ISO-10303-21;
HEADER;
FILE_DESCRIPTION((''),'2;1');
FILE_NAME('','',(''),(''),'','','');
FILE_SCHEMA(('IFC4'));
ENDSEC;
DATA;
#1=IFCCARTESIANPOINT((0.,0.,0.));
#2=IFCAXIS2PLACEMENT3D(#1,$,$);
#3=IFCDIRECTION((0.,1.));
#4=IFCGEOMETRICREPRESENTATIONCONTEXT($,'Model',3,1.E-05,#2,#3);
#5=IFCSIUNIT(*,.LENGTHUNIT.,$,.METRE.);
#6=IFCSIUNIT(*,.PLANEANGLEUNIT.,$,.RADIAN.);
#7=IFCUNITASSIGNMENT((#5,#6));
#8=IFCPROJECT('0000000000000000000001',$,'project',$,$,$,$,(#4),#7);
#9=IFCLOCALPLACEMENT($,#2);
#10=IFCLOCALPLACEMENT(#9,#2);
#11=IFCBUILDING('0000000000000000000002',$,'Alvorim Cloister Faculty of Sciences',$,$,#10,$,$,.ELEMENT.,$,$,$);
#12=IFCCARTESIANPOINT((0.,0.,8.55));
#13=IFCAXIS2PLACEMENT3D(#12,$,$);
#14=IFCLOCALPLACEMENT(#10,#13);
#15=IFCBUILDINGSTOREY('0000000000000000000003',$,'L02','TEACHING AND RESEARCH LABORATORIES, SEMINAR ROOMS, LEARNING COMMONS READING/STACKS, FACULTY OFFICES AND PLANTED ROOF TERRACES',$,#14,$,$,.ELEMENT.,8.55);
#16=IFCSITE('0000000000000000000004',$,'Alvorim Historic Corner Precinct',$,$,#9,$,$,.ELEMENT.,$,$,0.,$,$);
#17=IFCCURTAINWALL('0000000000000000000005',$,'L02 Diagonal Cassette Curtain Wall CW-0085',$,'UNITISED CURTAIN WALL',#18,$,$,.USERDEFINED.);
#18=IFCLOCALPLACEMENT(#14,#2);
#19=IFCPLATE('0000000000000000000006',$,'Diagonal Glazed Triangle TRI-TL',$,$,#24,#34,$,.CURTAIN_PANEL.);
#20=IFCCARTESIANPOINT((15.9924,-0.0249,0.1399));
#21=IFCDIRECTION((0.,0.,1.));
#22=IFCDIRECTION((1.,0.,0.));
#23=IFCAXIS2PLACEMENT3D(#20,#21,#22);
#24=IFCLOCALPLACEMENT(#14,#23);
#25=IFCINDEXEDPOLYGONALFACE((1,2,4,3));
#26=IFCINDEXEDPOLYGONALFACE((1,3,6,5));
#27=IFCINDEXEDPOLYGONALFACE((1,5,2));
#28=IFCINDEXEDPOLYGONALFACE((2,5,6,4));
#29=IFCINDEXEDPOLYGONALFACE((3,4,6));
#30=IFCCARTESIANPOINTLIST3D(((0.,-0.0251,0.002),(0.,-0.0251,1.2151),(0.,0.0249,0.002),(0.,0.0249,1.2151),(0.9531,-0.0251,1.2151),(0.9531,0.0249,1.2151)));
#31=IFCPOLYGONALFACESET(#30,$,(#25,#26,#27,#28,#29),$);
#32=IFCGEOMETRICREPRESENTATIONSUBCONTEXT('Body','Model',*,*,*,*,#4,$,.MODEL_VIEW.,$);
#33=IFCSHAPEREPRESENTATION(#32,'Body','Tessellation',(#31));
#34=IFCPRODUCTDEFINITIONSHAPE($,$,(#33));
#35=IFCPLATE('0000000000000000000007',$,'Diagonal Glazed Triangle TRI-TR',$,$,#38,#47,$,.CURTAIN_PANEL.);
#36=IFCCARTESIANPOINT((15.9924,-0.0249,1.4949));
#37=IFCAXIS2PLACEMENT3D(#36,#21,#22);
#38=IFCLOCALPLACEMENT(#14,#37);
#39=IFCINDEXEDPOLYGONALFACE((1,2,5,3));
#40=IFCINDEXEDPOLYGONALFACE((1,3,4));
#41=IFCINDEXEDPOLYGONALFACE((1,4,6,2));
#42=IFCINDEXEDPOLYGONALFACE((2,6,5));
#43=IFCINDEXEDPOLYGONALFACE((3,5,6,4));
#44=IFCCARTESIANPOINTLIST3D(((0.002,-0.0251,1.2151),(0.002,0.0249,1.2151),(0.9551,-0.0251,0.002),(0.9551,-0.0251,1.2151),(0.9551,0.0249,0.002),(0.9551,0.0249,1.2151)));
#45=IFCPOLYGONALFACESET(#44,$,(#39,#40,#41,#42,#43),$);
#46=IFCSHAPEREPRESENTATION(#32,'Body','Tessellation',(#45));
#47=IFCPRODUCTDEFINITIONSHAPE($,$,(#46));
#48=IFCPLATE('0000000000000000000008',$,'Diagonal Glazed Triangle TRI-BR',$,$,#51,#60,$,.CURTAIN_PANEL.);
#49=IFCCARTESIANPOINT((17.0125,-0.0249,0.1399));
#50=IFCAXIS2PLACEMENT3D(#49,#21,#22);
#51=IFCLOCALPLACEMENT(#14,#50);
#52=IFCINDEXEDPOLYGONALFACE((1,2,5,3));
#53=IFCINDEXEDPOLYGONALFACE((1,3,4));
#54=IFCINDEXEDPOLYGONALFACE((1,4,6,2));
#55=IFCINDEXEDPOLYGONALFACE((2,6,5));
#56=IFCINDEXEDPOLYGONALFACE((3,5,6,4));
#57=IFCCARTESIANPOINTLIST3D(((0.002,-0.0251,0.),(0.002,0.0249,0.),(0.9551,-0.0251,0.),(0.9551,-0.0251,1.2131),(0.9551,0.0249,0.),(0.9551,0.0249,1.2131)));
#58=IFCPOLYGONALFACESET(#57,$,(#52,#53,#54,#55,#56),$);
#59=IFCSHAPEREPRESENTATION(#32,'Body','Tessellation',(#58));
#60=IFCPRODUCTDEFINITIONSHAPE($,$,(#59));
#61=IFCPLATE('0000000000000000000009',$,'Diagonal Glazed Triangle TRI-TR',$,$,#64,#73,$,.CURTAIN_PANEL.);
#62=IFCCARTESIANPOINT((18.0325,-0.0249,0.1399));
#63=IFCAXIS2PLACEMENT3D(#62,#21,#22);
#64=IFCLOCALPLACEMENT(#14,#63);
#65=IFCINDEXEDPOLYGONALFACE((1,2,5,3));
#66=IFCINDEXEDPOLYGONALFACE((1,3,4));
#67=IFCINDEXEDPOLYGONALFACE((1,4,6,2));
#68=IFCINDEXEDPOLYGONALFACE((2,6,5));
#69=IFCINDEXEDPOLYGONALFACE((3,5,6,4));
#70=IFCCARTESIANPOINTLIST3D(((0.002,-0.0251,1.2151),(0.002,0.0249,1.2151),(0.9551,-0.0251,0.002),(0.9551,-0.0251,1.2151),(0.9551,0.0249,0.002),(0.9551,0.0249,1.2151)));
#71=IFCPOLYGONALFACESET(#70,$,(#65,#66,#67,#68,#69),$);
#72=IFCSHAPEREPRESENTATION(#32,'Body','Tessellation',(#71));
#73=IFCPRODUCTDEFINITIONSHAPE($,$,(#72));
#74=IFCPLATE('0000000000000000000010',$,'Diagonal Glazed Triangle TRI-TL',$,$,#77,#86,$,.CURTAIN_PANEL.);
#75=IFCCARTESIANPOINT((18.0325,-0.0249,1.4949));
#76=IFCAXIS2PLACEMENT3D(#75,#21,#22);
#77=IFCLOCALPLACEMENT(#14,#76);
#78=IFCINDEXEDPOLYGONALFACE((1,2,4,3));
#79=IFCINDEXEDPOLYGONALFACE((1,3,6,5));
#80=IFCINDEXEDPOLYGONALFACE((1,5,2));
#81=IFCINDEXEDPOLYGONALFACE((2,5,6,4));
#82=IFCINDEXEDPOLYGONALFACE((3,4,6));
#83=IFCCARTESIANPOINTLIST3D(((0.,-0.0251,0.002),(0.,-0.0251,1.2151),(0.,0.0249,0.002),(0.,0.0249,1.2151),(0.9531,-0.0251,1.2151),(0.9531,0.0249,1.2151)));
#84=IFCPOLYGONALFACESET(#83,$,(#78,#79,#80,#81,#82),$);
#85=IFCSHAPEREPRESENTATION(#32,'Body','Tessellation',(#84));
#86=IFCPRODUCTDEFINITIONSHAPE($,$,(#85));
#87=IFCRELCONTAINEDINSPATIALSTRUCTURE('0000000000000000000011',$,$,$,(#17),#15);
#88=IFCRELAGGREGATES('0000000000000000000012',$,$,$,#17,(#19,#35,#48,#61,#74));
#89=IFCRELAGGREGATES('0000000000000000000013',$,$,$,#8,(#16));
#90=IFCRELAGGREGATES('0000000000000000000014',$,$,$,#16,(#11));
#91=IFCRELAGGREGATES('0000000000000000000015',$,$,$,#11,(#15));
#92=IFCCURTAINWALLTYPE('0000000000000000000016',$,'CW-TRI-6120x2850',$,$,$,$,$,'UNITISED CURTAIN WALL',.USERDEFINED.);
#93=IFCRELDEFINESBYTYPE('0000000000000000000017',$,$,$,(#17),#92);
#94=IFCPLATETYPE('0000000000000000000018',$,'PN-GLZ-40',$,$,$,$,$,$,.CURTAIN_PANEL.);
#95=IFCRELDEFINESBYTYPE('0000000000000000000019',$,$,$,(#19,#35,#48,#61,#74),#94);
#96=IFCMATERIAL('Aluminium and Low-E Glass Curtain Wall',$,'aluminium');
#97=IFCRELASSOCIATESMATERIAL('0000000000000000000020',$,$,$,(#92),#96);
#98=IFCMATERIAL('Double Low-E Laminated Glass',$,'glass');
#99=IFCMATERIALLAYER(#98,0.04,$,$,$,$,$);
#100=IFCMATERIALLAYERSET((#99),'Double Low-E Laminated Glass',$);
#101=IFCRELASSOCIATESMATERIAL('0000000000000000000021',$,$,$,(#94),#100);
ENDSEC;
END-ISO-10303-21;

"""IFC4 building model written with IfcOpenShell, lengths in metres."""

from ifc_helpers import new_model, si_unit, direction, frame, origin, place, context, subcontext, project, spatial, polyline, outline, extrude, material, layer, layer_set, type_object, element, aggregate, save


model = new_model("IFC4")

# Units and contexts
model_context = context("Model", 3, precision=1e-05, world=origin(), true_north=direction((0.0, 1.0)))
body_context = subcontext(model_context, "Body", "Model", "MODEL_VIEW")
ifc_project = project(units=[si_unit("LENGTHUNIT", "METRE"), si_unit("PLANEANGLEUNIT", "RADIAN")], contexts=[model_context])

# Site, building, storey
site_placement = place(None, origin())
site = spatial("IfcSite", under=ifc_project, at=site_placement, Name="Alvorim Historic Corner Precinct", CompositionType="ELEMENT", RefElevation=0.0)
building_placement = place(site_placement, origin())
building = spatial("IfcBuilding", under=site, at=building_placement, Name="Alvorim Cloister Faculty of Sciences", CompositionType="ELEMENT")
storey_placement = place(building_placement, frame((0.0, 0.0, 8.55)))
storey = spatial("IfcBuildingStorey", under=building, at=storey_placement, Name="L02", Description="TEACHING AND RESEARCH LABORATORIES, SEMINAR ROOMS, LEARNING COMMONS READING/STACKS, FACULTY OFFICES AND PLANTED ROOF TERRACES", CompositionType="ELEMENT", Elevation=8.55)

# Curtain wall, plates
ifc_material_1 = material(Name="Aluminium and Low-E Glass Curtain Wall", Category="aluminium")
curtain_wall_type = type_object("IfcCurtainWallType", Name="CW-TRI-6120x2850", ElementType="UNITISED CURTAIN WALL", PredefinedType="USERDEFINED", material=ifc_material_1)
curtain_wall_placement = place(storey_placement, origin())
curtain_wall = element("IfcCurtainWall", 1, at=curtain_wall_placement, inside=storey, type_object=curtain_wall_type, Name="L02 Diagonal Cassette Curtain Wall CW-0085", ObjectType="UNITISED CURTAIN WALL", PredefinedType="USERDEFINED")
ifc_material_2 = material(Name="Double Low-E Laminated Glass", Category="glass")
ifc_layer = layer(ifc_material_2, 0.04)
ifc_layer_set = layer_set([ifc_layer], Name="Double Low-E Laminated Glass")
plate_type = type_object("IfcPlateType", Name="PN-GLZ-40", PredefinedType="CURTAIN_PANEL", material=ifc_layer_set)
plate_1_placement = place(storey_placement, frame((15.9924, -0.0249, 0.1399), z_axis=(0.0, 0.0, 1.0), x_axis=(1.0, 0.0, 0.0)))
plate_1 = element("IfcPlate", 2, at=plate_1_placement, type_object=plate_type, Name="Diagonal Glazed Triangle TRI-TL", PredefinedType="CURTAIN_PANEL", context=body_context, shape_type="SweptSolid", body=[
    extrude(outline(polyline([(0.9531, 1.2151), (0.0, 1.2151), (0.0, 0.002), (0.9531, 1.2151)])), frame((0.0, 0.0249, 0.0), z_axis=(0.0, -1.0, 0.0), x_axis=(1.0, 0.0, 0.0)), (0.0, 0.0, 1.0), 0.05),
])
plate_2_placement = place(storey_placement, frame((15.9924, -0.0249, 1.4949), z_axis=(0.0, 0.0, 1.0), x_axis=(1.0, 0.0, 0.0)))
plate_2 = element("IfcPlate", 3, at=plate_2_placement, type_object=plate_type, Name="Diagonal Glazed Triangle TRI-TR", PredefinedType="CURTAIN_PANEL", context=body_context, shape_type="SweptSolid", body=[
    extrude(outline(polyline([(0.9551, 0.002), (0.9551, 1.2151), (0.002, 1.2151), (0.9551, 0.002)])), frame((0.0, 0.0249, 0.0), z_axis=(0.0, -1.0, 0.0), x_axis=(1.0, 0.0, 0.0)), (0.0, 0.0, 1.0), 0.05),
])
plate_3_placement = place(storey_placement, frame((17.0125, -0.0249, 0.1399), z_axis=(0.0, 0.0, 1.0), x_axis=(1.0, 0.0, 0.0)))
plate_3 = element("IfcPlate", 4, at=plate_3_placement, type_object=plate_type, Name="Diagonal Glazed Triangle TRI-BR", PredefinedType="CURTAIN_PANEL", context=body_context, shape_type="SweptSolid", body=[
    extrude(outline(polyline([(0.002, 0.0), (0.9551, 0.0), (0.9551, 1.2131), (0.002, 0.0)])), frame((0.0, 0.0249, 0.0), z_axis=(0.0, -1.0, 0.0), x_axis=(1.0, 0.0, 0.0)), (0.0, 0.0, 1.0), 0.05),
])
plate_4_placement = place(storey_placement, frame((18.0325, -0.0249, 0.1399), z_axis=(0.0, 0.0, 1.0), x_axis=(1.0, 0.0, 0.0)))
plate_4 = element("IfcPlate", 5, at=plate_4_placement, type_object=plate_type, Name="Diagonal Glazed Triangle TRI-TR", PredefinedType="CURTAIN_PANEL", context=body_context, shape_type="SweptSolid", body=[
    extrude(outline(polyline([(0.9551, 0.002), (0.9551, 1.2151), (0.002, 1.2151), (0.9551, 0.002)])), frame((0.0, 0.0249, 0.0), z_axis=(0.0, -1.0, 0.0), x_axis=(1.0, 0.0, 0.0)), (0.0, 0.0, 1.0), 0.05),
])
plate_5_placement = place(storey_placement, frame((18.0325, -0.0249, 1.4949), z_axis=(0.0, 0.0, 1.0), x_axis=(1.0, 0.0, 0.0)))
plate_5 = element("IfcPlate", 6, at=plate_5_placement, type_object=plate_type, Name="Diagonal Glazed Triangle TRI-TL", PredefinedType="CURTAIN_PANEL", context=body_context, shape_type="SweptSolid", body=[
    extrude(outline(polyline([(0.9531, 1.2151), (0.0, 1.2151), (0.0, 0.002), (0.9531, 1.2151)])), frame((0.0, 0.0249, 0.0), z_axis=(0.0, -1.0, 0.0), x_axis=(1.0, 0.0, 0.0)), (0.0, 0.0, 1.0), 0.05),
])
aggregate(curtain_wall, [plate_1, plate_2, plate_3, plate_4, plate_5])

save(model, "model.ifc")
